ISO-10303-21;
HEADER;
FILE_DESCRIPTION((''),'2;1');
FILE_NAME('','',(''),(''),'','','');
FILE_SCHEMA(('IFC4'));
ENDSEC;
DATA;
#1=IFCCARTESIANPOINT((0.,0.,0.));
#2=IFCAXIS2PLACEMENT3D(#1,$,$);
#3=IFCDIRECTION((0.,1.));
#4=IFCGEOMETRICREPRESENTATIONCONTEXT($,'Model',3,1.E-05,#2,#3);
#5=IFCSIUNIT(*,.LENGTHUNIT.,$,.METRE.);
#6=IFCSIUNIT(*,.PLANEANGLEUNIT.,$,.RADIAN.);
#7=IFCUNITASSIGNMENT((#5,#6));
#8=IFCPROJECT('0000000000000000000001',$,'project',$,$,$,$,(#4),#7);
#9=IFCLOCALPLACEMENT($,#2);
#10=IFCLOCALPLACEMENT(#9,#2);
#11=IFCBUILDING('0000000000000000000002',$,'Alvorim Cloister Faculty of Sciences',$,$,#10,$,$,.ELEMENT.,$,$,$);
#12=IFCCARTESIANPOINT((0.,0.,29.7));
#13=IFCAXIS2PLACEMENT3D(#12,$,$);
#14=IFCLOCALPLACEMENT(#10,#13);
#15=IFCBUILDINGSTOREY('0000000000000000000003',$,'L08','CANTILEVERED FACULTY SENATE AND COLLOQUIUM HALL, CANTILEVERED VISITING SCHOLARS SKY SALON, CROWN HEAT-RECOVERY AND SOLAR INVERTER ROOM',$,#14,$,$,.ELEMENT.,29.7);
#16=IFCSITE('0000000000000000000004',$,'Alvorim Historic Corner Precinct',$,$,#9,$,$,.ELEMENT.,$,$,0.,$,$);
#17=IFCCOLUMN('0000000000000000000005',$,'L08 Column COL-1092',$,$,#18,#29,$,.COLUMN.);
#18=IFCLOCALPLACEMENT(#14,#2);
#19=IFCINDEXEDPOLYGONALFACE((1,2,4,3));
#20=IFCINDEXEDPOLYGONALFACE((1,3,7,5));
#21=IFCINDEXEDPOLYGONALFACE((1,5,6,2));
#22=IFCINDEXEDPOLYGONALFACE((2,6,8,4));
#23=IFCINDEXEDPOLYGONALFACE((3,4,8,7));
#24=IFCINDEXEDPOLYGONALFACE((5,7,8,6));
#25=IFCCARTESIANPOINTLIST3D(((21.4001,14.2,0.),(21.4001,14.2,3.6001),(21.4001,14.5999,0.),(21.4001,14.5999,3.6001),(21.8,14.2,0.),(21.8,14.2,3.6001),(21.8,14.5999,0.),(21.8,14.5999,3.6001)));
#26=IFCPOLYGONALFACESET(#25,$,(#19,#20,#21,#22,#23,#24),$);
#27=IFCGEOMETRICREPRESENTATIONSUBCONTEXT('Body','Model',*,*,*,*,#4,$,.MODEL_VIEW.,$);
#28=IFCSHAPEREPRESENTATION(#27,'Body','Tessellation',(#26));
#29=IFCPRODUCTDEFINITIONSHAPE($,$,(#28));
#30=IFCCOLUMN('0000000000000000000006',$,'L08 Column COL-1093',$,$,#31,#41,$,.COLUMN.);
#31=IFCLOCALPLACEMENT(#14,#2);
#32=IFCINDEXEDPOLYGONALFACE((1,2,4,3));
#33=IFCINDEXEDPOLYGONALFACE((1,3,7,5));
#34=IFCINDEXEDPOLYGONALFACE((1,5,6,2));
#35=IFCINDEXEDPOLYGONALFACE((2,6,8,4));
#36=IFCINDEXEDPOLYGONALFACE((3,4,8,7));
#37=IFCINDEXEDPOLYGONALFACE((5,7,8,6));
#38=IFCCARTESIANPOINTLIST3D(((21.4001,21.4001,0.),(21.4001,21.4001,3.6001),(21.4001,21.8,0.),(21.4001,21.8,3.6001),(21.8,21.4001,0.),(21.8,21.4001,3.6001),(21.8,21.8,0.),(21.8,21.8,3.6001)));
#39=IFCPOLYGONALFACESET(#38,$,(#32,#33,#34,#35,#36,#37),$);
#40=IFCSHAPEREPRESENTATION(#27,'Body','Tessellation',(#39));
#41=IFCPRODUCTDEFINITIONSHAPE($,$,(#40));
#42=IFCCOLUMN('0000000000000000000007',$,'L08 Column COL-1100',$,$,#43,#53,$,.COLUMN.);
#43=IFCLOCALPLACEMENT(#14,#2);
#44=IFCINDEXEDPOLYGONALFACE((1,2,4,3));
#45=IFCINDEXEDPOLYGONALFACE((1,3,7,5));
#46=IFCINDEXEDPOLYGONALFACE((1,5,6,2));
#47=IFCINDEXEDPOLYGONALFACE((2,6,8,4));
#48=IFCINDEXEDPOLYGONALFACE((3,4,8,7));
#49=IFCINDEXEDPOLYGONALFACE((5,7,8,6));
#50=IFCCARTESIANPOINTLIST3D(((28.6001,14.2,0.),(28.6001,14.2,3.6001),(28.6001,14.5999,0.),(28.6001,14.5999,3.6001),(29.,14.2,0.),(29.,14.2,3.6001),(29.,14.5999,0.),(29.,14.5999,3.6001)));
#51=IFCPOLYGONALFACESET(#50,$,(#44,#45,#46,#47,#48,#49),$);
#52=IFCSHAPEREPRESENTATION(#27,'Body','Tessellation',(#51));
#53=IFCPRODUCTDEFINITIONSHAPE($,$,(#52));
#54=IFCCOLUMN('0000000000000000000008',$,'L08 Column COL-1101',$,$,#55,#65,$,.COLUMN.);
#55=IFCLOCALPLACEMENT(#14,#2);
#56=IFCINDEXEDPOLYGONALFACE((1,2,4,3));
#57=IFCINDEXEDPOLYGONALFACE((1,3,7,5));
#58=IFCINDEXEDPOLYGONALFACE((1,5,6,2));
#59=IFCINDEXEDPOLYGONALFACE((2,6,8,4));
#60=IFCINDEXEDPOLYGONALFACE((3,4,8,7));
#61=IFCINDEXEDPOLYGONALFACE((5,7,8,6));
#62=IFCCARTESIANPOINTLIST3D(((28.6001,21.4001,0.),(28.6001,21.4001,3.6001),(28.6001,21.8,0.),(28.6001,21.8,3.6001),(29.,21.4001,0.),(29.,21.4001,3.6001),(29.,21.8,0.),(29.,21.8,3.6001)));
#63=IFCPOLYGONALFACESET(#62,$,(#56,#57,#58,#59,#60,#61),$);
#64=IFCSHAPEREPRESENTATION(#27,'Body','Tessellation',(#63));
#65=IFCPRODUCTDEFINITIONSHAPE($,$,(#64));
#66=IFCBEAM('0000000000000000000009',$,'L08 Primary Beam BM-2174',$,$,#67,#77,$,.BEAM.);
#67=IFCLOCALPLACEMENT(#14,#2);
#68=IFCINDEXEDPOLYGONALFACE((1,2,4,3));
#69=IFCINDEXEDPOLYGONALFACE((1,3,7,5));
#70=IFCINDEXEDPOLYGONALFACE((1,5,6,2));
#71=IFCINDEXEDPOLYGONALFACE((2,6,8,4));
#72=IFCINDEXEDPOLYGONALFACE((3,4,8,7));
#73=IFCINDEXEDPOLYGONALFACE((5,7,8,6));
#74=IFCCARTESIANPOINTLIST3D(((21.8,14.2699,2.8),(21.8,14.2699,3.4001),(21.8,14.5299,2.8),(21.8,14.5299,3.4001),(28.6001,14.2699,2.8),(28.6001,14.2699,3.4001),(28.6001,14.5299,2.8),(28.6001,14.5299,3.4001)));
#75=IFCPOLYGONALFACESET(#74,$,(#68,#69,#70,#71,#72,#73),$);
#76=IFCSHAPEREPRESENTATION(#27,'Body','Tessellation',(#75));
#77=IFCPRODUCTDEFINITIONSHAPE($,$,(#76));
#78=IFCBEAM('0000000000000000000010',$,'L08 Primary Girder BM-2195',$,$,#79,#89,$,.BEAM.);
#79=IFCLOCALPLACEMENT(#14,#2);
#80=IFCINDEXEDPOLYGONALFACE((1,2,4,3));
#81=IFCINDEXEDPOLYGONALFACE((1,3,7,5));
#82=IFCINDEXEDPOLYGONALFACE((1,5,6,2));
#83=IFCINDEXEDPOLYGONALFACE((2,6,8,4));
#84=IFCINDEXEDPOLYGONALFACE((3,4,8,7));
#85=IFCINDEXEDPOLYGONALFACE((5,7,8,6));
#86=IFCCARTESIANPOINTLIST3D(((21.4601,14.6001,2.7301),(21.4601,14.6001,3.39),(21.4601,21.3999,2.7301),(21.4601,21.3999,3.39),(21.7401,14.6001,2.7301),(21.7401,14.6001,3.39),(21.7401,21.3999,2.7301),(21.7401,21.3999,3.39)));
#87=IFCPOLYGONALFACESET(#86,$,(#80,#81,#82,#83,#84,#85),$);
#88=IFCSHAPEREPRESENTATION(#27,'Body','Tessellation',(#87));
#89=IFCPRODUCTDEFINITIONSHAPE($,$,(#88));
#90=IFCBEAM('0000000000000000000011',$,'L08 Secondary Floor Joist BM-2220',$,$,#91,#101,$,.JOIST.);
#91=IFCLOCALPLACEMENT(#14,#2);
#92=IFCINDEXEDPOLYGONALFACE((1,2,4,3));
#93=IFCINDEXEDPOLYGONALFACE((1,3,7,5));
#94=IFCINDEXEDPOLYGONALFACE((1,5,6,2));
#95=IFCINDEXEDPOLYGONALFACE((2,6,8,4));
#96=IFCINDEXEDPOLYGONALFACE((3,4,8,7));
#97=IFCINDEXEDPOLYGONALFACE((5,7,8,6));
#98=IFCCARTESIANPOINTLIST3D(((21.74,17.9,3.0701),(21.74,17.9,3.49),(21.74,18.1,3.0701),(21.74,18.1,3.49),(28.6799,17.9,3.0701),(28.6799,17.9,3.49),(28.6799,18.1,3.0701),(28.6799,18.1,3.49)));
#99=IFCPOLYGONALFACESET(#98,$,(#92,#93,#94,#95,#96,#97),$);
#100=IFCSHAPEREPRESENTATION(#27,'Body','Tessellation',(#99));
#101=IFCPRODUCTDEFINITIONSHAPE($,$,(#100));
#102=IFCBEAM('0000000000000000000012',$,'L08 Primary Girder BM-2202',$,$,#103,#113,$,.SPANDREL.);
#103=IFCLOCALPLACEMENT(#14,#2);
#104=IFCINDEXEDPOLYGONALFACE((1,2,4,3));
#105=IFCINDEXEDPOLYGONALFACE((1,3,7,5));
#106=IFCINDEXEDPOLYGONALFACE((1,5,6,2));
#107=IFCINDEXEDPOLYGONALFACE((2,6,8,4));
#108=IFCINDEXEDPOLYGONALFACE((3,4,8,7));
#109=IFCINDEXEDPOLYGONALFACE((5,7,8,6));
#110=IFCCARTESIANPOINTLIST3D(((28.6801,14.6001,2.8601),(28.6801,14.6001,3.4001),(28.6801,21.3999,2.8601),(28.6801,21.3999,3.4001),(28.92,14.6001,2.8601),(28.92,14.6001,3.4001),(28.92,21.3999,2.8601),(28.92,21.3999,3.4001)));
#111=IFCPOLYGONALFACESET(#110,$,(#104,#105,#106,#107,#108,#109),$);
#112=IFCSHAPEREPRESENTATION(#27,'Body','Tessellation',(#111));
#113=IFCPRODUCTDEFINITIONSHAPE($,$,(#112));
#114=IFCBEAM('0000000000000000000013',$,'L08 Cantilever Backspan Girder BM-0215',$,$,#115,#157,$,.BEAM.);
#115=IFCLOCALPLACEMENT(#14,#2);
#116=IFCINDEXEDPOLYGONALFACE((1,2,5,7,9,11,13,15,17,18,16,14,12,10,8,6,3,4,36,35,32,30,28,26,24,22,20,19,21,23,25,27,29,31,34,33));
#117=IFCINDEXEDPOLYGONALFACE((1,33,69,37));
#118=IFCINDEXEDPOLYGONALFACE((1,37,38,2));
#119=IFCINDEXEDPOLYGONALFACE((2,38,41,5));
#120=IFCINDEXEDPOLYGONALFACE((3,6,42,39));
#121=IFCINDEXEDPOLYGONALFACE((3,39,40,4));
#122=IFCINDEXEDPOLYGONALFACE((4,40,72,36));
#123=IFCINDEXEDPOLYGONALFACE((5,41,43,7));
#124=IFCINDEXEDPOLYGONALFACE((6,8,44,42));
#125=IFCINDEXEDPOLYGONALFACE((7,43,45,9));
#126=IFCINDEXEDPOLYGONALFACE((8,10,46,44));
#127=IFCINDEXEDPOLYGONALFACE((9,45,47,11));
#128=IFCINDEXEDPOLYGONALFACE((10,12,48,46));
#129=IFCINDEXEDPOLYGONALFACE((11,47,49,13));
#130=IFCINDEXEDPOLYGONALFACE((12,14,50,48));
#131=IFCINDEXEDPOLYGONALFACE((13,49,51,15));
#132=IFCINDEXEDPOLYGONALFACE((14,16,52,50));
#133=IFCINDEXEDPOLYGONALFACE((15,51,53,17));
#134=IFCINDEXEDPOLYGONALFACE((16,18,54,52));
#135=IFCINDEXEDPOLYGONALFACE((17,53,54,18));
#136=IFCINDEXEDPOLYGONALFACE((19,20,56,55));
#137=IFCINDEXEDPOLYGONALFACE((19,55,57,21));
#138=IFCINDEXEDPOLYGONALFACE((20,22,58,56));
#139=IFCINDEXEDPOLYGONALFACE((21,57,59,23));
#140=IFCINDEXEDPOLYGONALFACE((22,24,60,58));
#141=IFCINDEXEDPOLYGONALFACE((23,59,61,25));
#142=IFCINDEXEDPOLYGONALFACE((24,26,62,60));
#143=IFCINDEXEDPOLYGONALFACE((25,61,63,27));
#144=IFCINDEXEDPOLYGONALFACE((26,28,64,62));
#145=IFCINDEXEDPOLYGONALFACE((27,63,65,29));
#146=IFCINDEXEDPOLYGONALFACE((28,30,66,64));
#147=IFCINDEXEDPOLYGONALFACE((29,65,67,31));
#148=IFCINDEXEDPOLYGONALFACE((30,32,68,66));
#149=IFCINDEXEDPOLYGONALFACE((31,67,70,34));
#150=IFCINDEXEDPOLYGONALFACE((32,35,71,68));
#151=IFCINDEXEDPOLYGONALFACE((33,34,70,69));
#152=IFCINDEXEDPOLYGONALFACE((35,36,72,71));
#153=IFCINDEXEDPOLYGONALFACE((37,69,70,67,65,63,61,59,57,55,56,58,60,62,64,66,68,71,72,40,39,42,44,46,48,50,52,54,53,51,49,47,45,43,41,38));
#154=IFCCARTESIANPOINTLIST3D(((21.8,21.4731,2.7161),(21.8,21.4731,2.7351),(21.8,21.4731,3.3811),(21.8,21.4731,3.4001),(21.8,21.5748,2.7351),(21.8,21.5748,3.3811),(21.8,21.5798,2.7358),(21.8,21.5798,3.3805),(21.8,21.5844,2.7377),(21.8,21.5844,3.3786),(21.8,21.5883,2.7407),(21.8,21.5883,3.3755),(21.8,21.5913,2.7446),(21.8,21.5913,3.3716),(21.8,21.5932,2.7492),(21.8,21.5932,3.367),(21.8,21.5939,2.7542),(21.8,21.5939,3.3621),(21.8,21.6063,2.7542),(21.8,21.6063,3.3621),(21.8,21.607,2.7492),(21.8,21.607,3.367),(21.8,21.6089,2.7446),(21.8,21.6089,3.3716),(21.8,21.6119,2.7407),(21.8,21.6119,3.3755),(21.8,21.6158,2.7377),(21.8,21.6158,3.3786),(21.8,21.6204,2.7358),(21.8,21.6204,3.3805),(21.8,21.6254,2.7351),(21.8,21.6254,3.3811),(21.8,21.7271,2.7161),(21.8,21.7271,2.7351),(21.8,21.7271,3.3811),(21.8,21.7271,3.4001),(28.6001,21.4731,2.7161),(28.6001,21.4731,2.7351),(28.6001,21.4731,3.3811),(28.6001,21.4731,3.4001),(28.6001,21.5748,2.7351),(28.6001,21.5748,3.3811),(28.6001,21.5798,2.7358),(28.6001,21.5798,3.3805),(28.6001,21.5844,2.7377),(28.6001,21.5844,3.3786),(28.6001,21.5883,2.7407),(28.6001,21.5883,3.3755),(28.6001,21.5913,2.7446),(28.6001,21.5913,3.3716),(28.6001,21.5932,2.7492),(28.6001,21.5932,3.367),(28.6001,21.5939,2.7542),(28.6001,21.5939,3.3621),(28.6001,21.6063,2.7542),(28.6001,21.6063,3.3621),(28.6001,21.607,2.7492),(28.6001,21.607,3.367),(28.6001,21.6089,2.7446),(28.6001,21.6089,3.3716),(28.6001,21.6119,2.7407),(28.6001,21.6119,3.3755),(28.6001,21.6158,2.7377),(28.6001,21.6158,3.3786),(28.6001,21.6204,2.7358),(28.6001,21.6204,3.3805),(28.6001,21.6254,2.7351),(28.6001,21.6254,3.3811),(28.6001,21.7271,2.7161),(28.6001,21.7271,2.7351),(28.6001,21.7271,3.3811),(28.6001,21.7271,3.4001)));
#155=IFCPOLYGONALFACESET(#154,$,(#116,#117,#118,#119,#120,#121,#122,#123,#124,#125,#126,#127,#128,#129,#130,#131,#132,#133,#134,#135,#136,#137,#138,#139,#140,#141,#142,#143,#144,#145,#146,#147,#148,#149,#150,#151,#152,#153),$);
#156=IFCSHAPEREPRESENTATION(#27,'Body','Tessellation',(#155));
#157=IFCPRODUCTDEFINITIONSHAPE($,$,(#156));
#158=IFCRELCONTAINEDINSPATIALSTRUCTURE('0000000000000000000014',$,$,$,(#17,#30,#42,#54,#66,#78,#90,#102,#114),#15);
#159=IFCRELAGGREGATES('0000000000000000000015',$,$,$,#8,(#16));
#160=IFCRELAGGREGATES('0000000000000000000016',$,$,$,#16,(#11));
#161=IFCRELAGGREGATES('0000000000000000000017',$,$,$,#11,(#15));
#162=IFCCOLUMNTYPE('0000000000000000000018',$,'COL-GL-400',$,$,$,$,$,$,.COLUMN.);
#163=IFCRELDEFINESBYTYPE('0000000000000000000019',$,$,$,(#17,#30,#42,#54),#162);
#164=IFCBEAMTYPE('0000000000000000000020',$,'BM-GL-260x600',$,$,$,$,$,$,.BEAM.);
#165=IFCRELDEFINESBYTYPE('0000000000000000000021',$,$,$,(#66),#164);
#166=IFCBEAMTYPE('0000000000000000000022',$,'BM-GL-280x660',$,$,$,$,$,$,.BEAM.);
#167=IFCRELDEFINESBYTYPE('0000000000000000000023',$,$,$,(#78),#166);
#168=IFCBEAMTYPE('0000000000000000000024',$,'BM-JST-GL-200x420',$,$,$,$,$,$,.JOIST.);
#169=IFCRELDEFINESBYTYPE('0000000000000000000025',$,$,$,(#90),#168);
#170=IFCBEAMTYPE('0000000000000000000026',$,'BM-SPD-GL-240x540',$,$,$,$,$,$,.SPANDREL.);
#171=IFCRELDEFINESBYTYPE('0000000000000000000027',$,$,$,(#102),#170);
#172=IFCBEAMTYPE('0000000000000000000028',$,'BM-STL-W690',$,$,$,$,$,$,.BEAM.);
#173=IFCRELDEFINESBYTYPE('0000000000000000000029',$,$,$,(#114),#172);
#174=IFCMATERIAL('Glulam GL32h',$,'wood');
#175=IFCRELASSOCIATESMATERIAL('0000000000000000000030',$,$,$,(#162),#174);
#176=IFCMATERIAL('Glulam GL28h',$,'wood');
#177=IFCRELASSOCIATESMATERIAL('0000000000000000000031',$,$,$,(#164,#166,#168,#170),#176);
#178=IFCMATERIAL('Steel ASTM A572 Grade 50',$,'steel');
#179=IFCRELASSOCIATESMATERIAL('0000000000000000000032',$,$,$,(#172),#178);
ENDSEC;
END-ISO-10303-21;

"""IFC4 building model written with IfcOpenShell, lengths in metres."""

from ifc_helpers import new_model, si_unit, direction, frame, origin, origin_2d, place, context, subcontext, project, spatial, rectangle, i_section, extrude, material, material_profile, profile_set, type_object, element, save


model = new_model("IFC4")

# Units and contexts
model_context = context("Model", 3, precision=1e-05, world=origin(), true_north=direction((0.0, 1.0)))
body_context = subcontext(model_context, "Body", "Model", "MODEL_VIEW")
ifc_project = project(units=[si_unit("LENGTHUNIT", "METRE"), si_unit("PLANEANGLEUNIT", "RADIAN")], contexts=[model_context])

# Site, building, storey
site_placement = place(None, origin())
site = spatial("IfcSite", under=ifc_project, at=site_placement, Name="Alvorim Historic Corner Precinct", CompositionType="ELEMENT", RefElevation=0.0)
building_placement = place(site_placement, origin())
building = spatial("IfcBuilding", under=site, at=building_placement, Name="Alvorim Cloister Faculty of Sciences", CompositionType="ELEMENT")
storey_placement = place(building_placement, frame((0.0, 0.0, 29.7)))
storey = spatial("IfcBuildingStorey", under=building, at=storey_placement, Name="L08", Description="CANTILEVERED FACULTY SENATE AND COLLOQUIUM HALL, CANTILEVERED VISITING SCHOLARS SKY SALON, CROWN HEAT-RECOVERY AND SOLAR INVERTER ROOM", CompositionType="ELEMENT", Elevation=29.7)

# Columns
ifc_material_1 = material(Name="Glulam GL32h", Category="wood")
ifc_material_profile_1 = material_profile(ifc_material_1, rectangle(XDim=0.3999, YDim=0.3999, at=origin_2d()), Name="GL32-COL-400x400")
ifc_profile_set_1 = profile_set([ifc_material_profile_1], Name="Glulam GL32h")
column_type = type_object("IfcColumnType", Name="COL-GL-400", PredefinedType="COLUMN", material=ifc_profile_set_1)
for number, where, z_axis, x_axis, name in (
    (1, (21.6001, 14.3999, 0.0), (0.0, 0.0, 1.0), (1.0, 0.0, 0.0), "L08 Column COL-1092"),
    (2, (21.6001, 21.6001, 0.0), (0.0, 0.0, 1.0), (1.0, 0.0, 0.0), "L08 Column COL-1093"),
    (3, (28.8, 14.3999, 0.0), (0.0, 0.0, 1.0), (1.0, 0.0, 0.0), "L08 Column COL-1100"),
    (4, (28.8, 21.6001, 0.0), (0.0, 0.0, 1.0), (1.0, 0.0, 0.0), "L08 Column COL-1101"),
):
    element("IfcColumn", number, at=place(storey_placement, frame(where, z_axis=z_axis, x_axis=x_axis)), inside=storey, type_object=column_type, Name=name, PredefinedType="COLUMN", context=body_context, shape_type="SweptSolid", body=[
        extrude(rectangle(XDim=0.3999, YDim=0.3999, at=origin_2d()), origin(), (0.0, 0.0, 1.0), 3.6001),
    ])

# Beams
ifc_material_2 = material(Name="Glulam GL28h", Category="wood")
ifc_material_profile_2 = material_profile(ifc_material_2, rectangle(XDim=0.26, YDim=0.6001, at=origin_2d()), Name="GL28-BM-260x600")
ifc_profile_set_2 = profile_set([ifc_material_profile_2], Name="Glulam GL28h")
beam_type_1 = type_object("IfcBeamType", Name="BM-GL-260x600", PredefinedType="BEAM", material=ifc_profile_set_2)
beam_1_placement = place(storey_placement, frame((21.8, 14.3999, 3.1001), z_axis=(1.0, 0.0, 0.0), x_axis=(0.0, 1.0, 0.0)))
element("IfcBeam", 5, at=beam_1_placement, inside=storey, type_object=beam_type_1, Name="L08 Primary Beam BM-2174", PredefinedType="BEAM", context=body_context, shape_type="SweptSolid", body=[
    extrude(rectangle(XDim=0.26, YDim=0.6001, at=origin_2d()), origin(), (0.0, 0.0, 1.0), 6.8),
])
ifc_material_profile_3 = material_profile(ifc_material_2, rectangle(XDim=0.28, YDim=0.6599, at=origin_2d()), Name="GL28-BM-280x660")
ifc_profile_set_3 = profile_set([ifc_material_profile_3], Name="Glulam GL28h")
beam_type_2 = type_object("IfcBeamType", Name="BM-GL-280x660", PredefinedType="BEAM", material=ifc_profile_set_3)
beam_2_placement = place(storey_placement, frame((21.6001, 14.6001, 3.0601), z_axis=(0.0, 1.0, 0.0), x_axis=(-1.0, 0.0, 0.0)))
element("IfcBeam", 6, at=beam_2_placement, inside=storey, type_object=beam_type_2, Name="L08 Primary Girder BM-2195", PredefinedType="BEAM", context=body_context, shape_type="SweptSolid", body=[
    extrude(rectangle(XDim=0.28, YDim=0.6599, at=origin_2d()), origin(), (0.0, 0.0, 1.0), 6.7998),
])
ifc_material_profile_4 = material_profile(ifc_material_2, rectangle(XDim=0.2, YDim=0.4199, at=origin_2d()), Name="GL28-JST-200x420")
ifc_profile_set_4 = profile_set([ifc_material_profile_4], Name="Glulam GL28h")
beam_type_3 = type_object("IfcBeamType", Name="BM-JST-GL-200x420", PredefinedType="JOIST", material=ifc_profile_set_4)
beam_3_placement = place(storey_placement, frame((21.74, 18.0, 3.28), z_axis=(1.0, 0.0, 0.0), x_axis=(0.0, 1.0, 0.0)))
element("IfcBeam", 7, at=beam_3_placement, inside=storey, type_object=beam_type_3, Name="L08 Secondary Floor Joist BM-2220", PredefinedType="JOIST", context=body_context, shape_type="SweptSolid", body=[
    extrude(rectangle(XDim=0.2, YDim=0.4199, at=origin_2d()), origin(), (0.0, 0.0, 1.0), 6.9399),
])
ifc_material_profile_5 = material_profile(ifc_material_2, rectangle(XDim=0.24, YDim=0.54, at=origin_2d()), Name="GL28-SPD-240x540")
ifc_profile_set_5 = profile_set([ifc_material_profile_5], Name="Glulam GL28h")
beam_type_4 = type_object("IfcBeamType", Name="BM-SPD-GL-240x540", PredefinedType="SPANDREL", material=ifc_profile_set_5)
beam_4_placement = place(storey_placement, frame((28.8, 14.6001, 3.1301), z_axis=(0.0, 1.0, 0.0), x_axis=(-1.0, 0.0, 0.0)))
element("IfcBeam", 8, at=beam_4_placement, inside=storey, type_object=beam_type_4, Name="L08 Primary Girder BM-2202", PredefinedType="SPANDREL", context=body_context, shape_type="SweptSolid", body=[
    extrude(rectangle(XDim=0.24, YDim=0.54, at=origin_2d()), origin(), (0.0, 0.0, 1.0), 6.7998),
])
ifc_material_3 = material(Name="Steel ASTM A572 Grade 50", Category="steel")
ifc_material_profile_6 = material_profile(ifc_material_3, i_section(OverallWidth=0.2539, OverallDepth=0.6841, WebThickness=0.0125, FlangeThickness=0.019, FilletRadius=0.019, at=origin_2d()), Name="W690x140.0")
ifc_profile_set_6 = profile_set([ifc_material_profile_6], Name="Steel ASTM A572 Grade 50")
beam_type_5 = type_object("IfcBeamType", Name="BM-STL-W690", PredefinedType="BEAM", material=ifc_profile_set_6)
beam_5_placement = place(storey_placement, frame((21.8, 21.6001, 3.0581), z_axis=(1.0, 0.0, 0.0), x_axis=(0.0, 1.0, 0.0)))
element("IfcBeam", 9, at=beam_5_placement, inside=storey, type_object=beam_type_5, Name="L08 Cantilever Backspan Girder BM-0215", PredefinedType="BEAM", context=body_context, shape_type="SweptSolid", body=[
    extrude(i_section(OverallWidth=0.2539, OverallDepth=0.6841, WebThickness=0.0125, FlangeThickness=0.019, FilletRadius=0.019, at=origin_2d()), origin(), (0.0, 0.0, 1.0), 6.8),
])

save(model, "model.ifc")
